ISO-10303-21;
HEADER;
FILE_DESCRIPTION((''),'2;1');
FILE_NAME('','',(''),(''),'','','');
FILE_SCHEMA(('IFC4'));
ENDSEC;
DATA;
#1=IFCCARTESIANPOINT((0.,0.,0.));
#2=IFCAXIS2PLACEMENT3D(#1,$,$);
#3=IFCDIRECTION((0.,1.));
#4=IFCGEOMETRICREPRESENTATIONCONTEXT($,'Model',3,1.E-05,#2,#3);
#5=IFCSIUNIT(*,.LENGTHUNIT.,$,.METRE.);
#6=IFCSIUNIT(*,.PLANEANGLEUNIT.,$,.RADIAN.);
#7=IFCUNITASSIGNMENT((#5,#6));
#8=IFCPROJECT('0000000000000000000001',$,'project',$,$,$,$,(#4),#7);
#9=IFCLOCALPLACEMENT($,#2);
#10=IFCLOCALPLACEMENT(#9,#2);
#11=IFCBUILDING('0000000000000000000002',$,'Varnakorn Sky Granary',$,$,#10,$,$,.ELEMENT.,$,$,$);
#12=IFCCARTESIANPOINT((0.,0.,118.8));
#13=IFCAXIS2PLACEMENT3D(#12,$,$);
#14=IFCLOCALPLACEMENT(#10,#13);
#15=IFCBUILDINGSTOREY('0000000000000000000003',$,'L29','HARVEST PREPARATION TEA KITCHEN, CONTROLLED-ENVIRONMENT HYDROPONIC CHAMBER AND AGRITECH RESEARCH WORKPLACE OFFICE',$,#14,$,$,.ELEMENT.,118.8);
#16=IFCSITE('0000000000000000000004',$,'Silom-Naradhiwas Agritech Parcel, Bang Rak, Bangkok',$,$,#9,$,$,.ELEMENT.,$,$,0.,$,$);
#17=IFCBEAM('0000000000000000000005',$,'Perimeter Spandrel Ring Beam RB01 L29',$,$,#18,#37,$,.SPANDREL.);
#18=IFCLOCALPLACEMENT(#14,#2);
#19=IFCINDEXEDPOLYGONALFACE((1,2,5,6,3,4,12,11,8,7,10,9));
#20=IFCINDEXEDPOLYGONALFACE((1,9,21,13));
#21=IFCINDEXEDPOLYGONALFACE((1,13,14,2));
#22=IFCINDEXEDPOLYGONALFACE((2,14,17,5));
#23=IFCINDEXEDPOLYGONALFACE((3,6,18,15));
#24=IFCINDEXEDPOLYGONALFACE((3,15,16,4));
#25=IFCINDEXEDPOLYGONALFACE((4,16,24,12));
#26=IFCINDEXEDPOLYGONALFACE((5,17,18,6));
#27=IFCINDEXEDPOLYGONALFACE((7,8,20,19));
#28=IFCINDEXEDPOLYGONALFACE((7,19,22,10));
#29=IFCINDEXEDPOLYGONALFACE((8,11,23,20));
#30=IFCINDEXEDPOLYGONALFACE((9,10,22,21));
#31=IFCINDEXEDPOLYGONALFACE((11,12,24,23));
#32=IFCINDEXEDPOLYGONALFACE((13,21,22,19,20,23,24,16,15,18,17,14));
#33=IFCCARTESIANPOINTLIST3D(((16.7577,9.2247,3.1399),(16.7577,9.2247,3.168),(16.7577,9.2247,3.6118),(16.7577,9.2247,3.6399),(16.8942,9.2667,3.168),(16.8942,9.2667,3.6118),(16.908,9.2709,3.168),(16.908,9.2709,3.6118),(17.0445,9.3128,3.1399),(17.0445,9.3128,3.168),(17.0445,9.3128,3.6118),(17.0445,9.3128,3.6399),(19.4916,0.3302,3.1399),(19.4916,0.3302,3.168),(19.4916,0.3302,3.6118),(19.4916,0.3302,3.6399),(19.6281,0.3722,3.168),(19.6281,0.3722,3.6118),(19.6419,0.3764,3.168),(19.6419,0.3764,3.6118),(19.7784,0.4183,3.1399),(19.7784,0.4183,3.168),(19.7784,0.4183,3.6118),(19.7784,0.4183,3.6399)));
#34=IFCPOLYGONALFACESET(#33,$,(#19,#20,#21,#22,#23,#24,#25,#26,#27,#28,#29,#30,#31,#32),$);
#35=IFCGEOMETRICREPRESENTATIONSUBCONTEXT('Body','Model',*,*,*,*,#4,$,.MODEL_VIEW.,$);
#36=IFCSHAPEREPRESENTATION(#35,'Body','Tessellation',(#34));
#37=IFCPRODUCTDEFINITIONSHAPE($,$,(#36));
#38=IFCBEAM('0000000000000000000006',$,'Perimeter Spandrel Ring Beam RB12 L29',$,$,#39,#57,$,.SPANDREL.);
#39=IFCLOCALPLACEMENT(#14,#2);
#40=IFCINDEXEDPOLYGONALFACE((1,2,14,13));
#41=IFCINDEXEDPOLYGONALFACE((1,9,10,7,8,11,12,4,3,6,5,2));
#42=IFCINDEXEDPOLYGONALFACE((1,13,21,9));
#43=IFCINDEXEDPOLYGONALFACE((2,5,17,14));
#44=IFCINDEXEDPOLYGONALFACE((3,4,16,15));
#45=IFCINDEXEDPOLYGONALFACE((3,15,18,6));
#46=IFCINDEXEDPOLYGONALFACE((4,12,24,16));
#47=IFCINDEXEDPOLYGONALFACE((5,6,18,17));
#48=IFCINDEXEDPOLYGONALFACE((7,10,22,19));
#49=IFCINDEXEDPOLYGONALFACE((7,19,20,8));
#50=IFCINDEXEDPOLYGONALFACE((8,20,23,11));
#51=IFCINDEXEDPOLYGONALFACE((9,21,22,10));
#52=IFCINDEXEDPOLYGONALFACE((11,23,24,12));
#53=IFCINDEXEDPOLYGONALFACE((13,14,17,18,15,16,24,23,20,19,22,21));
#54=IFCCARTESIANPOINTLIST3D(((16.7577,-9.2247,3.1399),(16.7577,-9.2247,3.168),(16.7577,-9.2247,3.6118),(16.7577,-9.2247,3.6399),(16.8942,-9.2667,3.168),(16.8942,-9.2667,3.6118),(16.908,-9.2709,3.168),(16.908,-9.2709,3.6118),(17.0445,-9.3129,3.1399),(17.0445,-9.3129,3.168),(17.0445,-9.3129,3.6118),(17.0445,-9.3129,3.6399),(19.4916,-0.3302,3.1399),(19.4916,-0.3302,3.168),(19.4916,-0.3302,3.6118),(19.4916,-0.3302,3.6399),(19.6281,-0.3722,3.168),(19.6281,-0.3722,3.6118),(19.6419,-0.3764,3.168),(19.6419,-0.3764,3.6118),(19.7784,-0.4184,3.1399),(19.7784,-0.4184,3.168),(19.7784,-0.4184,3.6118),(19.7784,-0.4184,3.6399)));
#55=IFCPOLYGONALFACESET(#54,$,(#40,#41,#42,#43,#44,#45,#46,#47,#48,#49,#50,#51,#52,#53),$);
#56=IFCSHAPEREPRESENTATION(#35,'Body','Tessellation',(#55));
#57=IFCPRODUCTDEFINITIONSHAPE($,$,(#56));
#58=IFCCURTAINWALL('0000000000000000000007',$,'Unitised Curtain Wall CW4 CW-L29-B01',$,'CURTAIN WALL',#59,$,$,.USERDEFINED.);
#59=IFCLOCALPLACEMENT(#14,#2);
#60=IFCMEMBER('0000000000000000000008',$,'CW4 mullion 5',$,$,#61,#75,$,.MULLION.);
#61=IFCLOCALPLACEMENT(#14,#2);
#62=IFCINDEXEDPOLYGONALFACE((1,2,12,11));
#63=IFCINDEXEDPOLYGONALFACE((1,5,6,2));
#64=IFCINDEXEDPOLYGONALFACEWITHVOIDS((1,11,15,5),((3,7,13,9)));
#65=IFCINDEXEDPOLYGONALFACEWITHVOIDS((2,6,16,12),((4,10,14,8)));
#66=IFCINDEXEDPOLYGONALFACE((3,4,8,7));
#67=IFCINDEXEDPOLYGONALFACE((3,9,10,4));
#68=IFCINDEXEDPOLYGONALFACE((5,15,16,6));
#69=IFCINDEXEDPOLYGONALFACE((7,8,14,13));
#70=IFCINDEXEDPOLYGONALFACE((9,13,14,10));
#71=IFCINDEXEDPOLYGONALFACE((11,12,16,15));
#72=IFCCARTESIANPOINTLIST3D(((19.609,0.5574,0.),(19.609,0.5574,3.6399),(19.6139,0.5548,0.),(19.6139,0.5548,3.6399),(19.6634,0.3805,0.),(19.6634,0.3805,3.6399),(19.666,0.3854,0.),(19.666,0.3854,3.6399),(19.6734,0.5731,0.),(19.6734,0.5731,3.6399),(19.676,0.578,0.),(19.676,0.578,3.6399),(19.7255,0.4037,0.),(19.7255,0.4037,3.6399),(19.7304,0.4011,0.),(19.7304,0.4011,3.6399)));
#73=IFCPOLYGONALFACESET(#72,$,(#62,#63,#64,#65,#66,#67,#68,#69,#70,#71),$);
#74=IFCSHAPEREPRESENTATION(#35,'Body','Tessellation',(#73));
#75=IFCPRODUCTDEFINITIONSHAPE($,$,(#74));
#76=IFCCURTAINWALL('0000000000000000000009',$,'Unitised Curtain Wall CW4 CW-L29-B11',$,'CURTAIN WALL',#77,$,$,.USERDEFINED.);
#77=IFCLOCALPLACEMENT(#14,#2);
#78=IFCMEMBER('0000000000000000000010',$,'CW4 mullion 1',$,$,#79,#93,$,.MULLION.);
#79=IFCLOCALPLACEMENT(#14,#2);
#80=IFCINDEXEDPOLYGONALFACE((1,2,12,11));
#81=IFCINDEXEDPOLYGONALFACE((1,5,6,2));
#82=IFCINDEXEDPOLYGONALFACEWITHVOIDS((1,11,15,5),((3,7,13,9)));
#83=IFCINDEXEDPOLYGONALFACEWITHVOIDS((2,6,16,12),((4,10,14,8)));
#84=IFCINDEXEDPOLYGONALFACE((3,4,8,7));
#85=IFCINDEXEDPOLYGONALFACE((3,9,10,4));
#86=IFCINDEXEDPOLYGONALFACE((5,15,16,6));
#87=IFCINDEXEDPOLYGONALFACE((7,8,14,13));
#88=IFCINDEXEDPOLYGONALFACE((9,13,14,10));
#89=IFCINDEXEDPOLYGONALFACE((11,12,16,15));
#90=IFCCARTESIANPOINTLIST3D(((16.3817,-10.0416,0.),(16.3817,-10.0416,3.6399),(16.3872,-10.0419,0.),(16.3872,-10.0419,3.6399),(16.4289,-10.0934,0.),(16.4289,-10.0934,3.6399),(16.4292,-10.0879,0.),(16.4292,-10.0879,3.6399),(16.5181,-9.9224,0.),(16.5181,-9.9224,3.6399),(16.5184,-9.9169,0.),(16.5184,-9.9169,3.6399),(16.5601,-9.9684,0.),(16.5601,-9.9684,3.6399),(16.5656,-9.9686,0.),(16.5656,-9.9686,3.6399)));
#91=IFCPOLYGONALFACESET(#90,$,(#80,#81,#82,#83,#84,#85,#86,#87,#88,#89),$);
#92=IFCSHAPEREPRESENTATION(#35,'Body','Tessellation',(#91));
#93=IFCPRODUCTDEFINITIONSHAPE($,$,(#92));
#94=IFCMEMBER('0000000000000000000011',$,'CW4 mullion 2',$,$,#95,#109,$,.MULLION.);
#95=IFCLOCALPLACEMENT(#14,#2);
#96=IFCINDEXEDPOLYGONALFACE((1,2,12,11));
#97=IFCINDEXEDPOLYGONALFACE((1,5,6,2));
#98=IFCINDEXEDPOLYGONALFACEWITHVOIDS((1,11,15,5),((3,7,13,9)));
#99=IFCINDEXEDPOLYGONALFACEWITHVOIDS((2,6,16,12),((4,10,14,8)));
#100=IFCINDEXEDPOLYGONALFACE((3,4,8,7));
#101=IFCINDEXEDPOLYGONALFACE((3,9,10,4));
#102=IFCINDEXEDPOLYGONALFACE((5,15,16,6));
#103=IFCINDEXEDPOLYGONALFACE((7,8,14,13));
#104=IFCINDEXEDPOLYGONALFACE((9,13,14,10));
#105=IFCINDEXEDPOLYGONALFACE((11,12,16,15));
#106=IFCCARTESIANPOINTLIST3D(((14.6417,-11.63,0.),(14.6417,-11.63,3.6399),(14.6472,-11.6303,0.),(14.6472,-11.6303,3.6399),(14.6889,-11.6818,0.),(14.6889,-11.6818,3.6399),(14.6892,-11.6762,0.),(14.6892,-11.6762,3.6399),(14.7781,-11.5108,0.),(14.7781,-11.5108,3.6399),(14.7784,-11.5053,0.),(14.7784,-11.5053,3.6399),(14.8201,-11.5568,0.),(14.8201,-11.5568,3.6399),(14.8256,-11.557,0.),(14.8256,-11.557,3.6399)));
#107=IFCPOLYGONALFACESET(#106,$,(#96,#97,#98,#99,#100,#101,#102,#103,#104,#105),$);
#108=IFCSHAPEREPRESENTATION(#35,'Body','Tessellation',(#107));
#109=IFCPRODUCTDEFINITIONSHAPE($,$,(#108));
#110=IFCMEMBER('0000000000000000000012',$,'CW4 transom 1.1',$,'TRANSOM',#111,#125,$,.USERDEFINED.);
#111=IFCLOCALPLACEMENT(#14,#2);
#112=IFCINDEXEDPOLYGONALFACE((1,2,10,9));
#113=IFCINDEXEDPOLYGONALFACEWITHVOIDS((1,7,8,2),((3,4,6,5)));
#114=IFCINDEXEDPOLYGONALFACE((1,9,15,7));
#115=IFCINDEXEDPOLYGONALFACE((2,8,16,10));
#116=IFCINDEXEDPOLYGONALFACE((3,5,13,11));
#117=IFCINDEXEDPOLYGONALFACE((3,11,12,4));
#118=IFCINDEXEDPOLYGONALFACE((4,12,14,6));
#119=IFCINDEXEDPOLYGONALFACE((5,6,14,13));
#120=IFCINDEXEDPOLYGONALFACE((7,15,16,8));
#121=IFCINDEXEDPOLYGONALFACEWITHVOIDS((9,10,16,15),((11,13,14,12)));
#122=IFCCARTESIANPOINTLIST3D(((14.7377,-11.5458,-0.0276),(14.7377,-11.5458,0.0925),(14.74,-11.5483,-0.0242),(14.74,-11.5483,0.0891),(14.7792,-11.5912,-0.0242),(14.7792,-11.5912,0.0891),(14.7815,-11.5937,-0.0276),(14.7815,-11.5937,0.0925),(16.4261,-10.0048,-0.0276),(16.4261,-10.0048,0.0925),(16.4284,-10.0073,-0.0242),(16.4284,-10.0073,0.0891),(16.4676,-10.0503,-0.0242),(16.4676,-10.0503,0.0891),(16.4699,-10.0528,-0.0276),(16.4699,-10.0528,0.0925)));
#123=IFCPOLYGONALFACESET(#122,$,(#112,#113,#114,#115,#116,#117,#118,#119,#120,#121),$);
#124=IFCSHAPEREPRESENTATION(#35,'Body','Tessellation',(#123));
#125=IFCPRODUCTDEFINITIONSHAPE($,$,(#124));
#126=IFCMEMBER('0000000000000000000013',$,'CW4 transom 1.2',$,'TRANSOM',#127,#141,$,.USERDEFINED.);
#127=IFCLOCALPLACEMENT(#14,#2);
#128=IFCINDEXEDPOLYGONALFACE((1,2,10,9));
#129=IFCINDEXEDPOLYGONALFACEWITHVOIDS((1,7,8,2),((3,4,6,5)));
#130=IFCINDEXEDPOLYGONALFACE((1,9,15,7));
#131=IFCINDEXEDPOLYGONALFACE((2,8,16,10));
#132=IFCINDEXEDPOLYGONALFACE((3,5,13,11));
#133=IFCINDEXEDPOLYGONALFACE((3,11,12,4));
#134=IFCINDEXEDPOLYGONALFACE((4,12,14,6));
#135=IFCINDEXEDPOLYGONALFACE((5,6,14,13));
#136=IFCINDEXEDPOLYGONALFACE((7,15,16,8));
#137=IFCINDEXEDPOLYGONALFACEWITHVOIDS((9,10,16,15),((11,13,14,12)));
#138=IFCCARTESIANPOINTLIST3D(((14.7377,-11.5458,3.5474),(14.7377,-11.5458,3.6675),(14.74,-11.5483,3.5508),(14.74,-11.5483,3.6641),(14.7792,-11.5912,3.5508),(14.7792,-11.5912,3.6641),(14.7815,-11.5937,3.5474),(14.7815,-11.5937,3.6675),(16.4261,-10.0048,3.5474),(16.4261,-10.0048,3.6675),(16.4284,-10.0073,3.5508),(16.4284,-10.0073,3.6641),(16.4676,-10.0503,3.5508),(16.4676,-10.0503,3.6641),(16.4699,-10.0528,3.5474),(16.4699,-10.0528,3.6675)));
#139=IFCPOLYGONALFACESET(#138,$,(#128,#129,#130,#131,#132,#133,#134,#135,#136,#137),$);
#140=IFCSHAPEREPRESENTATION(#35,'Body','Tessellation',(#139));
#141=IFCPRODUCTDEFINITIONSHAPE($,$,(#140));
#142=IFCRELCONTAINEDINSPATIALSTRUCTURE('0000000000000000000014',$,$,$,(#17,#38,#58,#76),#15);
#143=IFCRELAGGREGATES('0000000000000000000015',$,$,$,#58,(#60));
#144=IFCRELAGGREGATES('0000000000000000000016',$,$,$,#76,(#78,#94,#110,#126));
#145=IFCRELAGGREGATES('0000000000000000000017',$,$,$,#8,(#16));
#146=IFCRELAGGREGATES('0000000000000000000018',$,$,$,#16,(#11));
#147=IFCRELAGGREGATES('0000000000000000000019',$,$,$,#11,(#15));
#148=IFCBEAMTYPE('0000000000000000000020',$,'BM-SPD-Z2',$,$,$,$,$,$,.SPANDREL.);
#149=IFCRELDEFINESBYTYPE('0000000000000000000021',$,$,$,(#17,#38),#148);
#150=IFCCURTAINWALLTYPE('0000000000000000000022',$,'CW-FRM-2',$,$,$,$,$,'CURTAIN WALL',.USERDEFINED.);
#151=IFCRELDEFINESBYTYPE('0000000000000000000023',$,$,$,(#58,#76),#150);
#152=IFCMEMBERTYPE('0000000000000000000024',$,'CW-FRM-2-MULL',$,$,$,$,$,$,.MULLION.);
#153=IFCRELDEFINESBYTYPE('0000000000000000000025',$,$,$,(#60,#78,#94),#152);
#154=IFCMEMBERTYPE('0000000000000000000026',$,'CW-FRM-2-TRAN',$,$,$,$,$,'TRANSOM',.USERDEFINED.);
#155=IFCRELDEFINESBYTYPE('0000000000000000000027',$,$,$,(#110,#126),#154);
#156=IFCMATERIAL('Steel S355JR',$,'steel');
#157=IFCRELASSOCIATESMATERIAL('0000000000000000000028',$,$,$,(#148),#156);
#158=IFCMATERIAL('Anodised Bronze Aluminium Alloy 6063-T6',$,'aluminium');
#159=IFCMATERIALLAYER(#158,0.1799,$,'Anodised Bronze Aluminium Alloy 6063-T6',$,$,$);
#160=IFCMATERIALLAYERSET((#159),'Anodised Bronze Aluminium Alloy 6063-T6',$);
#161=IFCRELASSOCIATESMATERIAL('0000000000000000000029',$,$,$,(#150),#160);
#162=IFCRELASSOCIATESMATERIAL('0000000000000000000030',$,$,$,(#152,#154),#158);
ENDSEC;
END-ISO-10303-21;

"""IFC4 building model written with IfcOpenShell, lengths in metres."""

from ifc_helpers import new_model, si_unit, direction, frame, origin, origin_2d, place, context, subcontext, project, spatial, hollow_rectangle, i_section, extrude, material, layer, layer_set, material_profile, profile_set, type_object, element, aggregate, save


model = new_model("IFC4")

# Units and contexts
model_context = context("Model", 3, precision=1e-05, world=origin(), true_north=direction((0.0, 1.0)))
body_context = subcontext(model_context, "Body", "Model", "MODEL_VIEW")
ifc_project = project(units=[si_unit("LENGTHUNIT", "METRE"), si_unit("PLANEANGLEUNIT", "RADIAN")], contexts=[model_context])

# Site, building, storey
site_placement = place(None, origin())
site = spatial("IfcSite", under=ifc_project, at=site_placement, Name="Silom-Naradhiwas Agritech Parcel, Bang Rak, Bangkok", CompositionType="ELEMENT", RefElevation=0.0)
building_placement = place(site_placement, origin())
building = spatial("IfcBuilding", under=site, at=building_placement, Name="Varnakorn Sky Granary", CompositionType="ELEMENT")
storey_placement = place(building_placement, frame((0.0, 0.0, 118.8)))
storey = spatial("IfcBuildingStorey", under=building, at=storey_placement, Name="L29", Description="HARVEST PREPARATION TEA KITCHEN, CONTROLLED-ENVIRONMENT HYDROPONIC CHAMBER AND AGRITECH RESEARCH WORKPLACE OFFICE", CompositionType="ELEMENT", Elevation=118.8)

# Beams
ifc_material_1 = material(Name="Steel S355JR", Category="steel")
ifc_material_profile_1 = material_profile(ifc_material_1, i_section(OverallWidth=0.3, OverallDepth=0.5, WebThickness=0.0144, FlangeThickness=0.0281, at=origin_2d()), Name="HE 500 B")
ifc_profile_set_1 = profile_set([ifc_material_profile_1], Name="Steel S355JR")
beam_type_1 = type_object("IfcBeamType", Name="BM-SPD-Z2", PredefinedType="SPANDREL", material=ifc_profile_set_1)
for number, where, z_axis, x_axis, name in (
    (1, (19.635, 0.3743, 3.3899), (-0.293802, 0.955866, 0.0), (-0.955866, -0.293802, 0.0), "Perimeter Spandrel Ring Beam RB01 L29"),
    (2, (16.9011, -9.2688, 3.3899), (0.293802, 0.955866, 0.0), (-0.955866, 0.293802, 0.0), "Perimeter Spandrel Ring Beam RB12 L29"),
):
    element("IfcBeam", number, at=place(storey_placement, frame(where, z_axis=z_axis, x_axis=x_axis)), inside=storey, type_object=beam_type_1, Name=name, PredefinedType="SPANDREL", context=body_context, shape_type="SweptSolid", body=[
        extrude(i_section(OverallWidth=0.3, OverallDepth=0.5, WebThickness=0.0144, FlangeThickness=0.0281, at=origin_2d()), origin(), (0.0, 0.0, 1.0), 9.3052),
    ])

# Curtain wall, member
ifc_material_2 = material(Name="Anodised Bronze Aluminium Alloy 6063-T6", Category="aluminium")
ifc_layer_1 = layer(ifc_material_2, 0.1799, Name="Anodised Bronze Aluminium Alloy 6063-T6")
ifc_layer_set_1 = layer_set([ifc_layer_1], Name="Anodised Bronze Aluminium Alloy 6063-T6")
curtain_wall_type = type_object("IfcCurtainWallType", Name="CW-FRM-2", ElementType="CURTAIN WALL", PredefinedType="USERDEFINED", material=ifc_layer_set_1)
curtain_wall_1_placement = place(storey_placement, origin())
curtain_wall_1 = element("IfcCurtainWall", 3, at=curtain_wall_1_placement, inside=storey, type_object=curtain_wall_type, Name="Unitised Curtain Wall CW4 CW-L29-B01", ObjectType="CURTAIN WALL", PredefinedType="USERDEFINED")
ifc_material_profile_2 = material_profile(ifc_material_2, hollow_rectangle(XDim=0.0701, YDim=0.1851, WallThickness=0.0039, at=origin_2d()), Name="ALU MULL 70x185")
ifc_profile_set_2 = profile_set([ifc_material_profile_2], Name="Anodised Bronze Aluminium Alloy 6063-T6")
member_type_1 = type_object("IfcMemberType", Name="CW-FRM-2-MULL", PredefinedType="MULLION", material=ifc_profile_set_2)
member_1_placement = place(storey_placement, frame((19.6697, 0.4792, 0.0), z_axis=(0.0, 0.0, 1.0), x_axis=(0.955824, 0.29394, 0.0)))
member_1 = element("IfcMember", 4, at=member_1_placement, type_object=member_type_1, Name="CW4 mullion 5", PredefinedType="MULLION", context=body_context, shape_type="SweptSolid", body=[
    extrude(hollow_rectangle(XDim=0.0701, YDim=0.1851, WallThickness=0.0039, at=origin_2d()), origin(), (0.0, 0.0, 1.0), 3.6399),
])
aggregate(curtain_wall_1, [member_1])

# Curtain wall, members
curtain_wall_2_placement = place(storey_placement, origin())
curtain_wall_2 = element("IfcCurtainWall", 5, at=curtain_wall_2_placement, inside=storey, type_object=curtain_wall_type, Name="Unitised Curtain Wall CW4 CW-L29-B11", ObjectType="CURTAIN WALL", PredefinedType="USERDEFINED")
member_2_placement = place(storey_placement, frame((16.4736, -10.0051, 0.0), z_axis=(0.0, 0.0, 1.0), x_axis=(0.674153, -0.738592, 0.0)))
member_2 = element("IfcMember", 6, at=member_2_placement, type_object=member_type_1, Name="CW4 mullion 1", PredefinedType="MULLION", context=body_context, shape_type="SweptSolid", body=[
    extrude(hollow_rectangle(XDim=0.0701, YDim=0.1851, WallThickness=0.0039, at=origin_2d()), origin(), (0.0, 0.0, 1.0), 3.6399),
])
member_3_placement = place(storey_placement, frame((14.7336, -11.5935, 0.0), z_axis=(0.0, 0.0, 1.0), x_axis=(0.674153, -0.738592, 0.0)))
member_3 = element("IfcMember", 7, at=member_3_placement, type_object=member_type_1, Name="CW4 mullion 2", PredefinedType="MULLION", context=body_context, shape_type="SweptSolid", body=[
    extrude(hollow_rectangle(XDim=0.0701, YDim=0.1851, WallThickness=0.0039, at=origin_2d()), origin(), (0.0, 0.0, 1.0), 3.6399),
])
ifc_material_profile_3 = material_profile(ifc_material_2, hollow_rectangle(XDim=0.0649, YDim=0.1201, WallThickness=0.0034, at=origin_2d()), Name="ALU TRAN 65x120")
ifc_profile_set_3 = profile_set([ifc_material_profile_3], Name="Anodised Bronze Aluminium Alloy 6063-T6")
member_type_2 = type_object("IfcMemberType", Name="CW-FRM-2-TRAN", ElementType="TRANSOM", PredefinedType="USERDEFINED", material=ifc_profile_set_3)
member_4_placement = place(storey_placement, frame((16.448, -10.0288, 0.0325), z_axis=(-0.738624, -0.674117, 0.0), x_axis=(0.674117, -0.738624, 0.0)))
member_4 = element("IfcMember", 8, at=member_4_placement, type_object=member_type_2, Name="CW4 transom 1.1", ObjectType="TRANSOM", PredefinedType="USERDEFINED", context=body_context, shape_type="SweptSolid", body=[
    extrude(hollow_rectangle(XDim=0.0649, YDim=0.1201, WallThickness=0.0034, at=origin_2d()), origin(), (0.0, 0.0, 1.0), 2.2859),
])
member_5_placement = place(storey_placement, frame((16.448, -10.0288, 3.6074), z_axis=(-0.738624, -0.674117, 0.0), x_axis=(0.674117, -0.738624, 0.0)))
member_5 = element("IfcMember", 9, at=member_5_placement, type_object=member_type_2, Name="CW4 transom 1.2", ObjectType="TRANSOM", PredefinedType="USERDEFINED", context=body_context, shape_type="SweptSolid", body=[
    extrude(hollow_rectangle(XDim=0.0649, YDim=0.1201, WallThickness=0.0034, at=origin_2d()), origin(), (0.0, 0.0, 1.0), 2.2859),
])

aggregate(curtain_wall_2, [member_2, member_3, member_4, member_5])

save(model, "model.ifc")
